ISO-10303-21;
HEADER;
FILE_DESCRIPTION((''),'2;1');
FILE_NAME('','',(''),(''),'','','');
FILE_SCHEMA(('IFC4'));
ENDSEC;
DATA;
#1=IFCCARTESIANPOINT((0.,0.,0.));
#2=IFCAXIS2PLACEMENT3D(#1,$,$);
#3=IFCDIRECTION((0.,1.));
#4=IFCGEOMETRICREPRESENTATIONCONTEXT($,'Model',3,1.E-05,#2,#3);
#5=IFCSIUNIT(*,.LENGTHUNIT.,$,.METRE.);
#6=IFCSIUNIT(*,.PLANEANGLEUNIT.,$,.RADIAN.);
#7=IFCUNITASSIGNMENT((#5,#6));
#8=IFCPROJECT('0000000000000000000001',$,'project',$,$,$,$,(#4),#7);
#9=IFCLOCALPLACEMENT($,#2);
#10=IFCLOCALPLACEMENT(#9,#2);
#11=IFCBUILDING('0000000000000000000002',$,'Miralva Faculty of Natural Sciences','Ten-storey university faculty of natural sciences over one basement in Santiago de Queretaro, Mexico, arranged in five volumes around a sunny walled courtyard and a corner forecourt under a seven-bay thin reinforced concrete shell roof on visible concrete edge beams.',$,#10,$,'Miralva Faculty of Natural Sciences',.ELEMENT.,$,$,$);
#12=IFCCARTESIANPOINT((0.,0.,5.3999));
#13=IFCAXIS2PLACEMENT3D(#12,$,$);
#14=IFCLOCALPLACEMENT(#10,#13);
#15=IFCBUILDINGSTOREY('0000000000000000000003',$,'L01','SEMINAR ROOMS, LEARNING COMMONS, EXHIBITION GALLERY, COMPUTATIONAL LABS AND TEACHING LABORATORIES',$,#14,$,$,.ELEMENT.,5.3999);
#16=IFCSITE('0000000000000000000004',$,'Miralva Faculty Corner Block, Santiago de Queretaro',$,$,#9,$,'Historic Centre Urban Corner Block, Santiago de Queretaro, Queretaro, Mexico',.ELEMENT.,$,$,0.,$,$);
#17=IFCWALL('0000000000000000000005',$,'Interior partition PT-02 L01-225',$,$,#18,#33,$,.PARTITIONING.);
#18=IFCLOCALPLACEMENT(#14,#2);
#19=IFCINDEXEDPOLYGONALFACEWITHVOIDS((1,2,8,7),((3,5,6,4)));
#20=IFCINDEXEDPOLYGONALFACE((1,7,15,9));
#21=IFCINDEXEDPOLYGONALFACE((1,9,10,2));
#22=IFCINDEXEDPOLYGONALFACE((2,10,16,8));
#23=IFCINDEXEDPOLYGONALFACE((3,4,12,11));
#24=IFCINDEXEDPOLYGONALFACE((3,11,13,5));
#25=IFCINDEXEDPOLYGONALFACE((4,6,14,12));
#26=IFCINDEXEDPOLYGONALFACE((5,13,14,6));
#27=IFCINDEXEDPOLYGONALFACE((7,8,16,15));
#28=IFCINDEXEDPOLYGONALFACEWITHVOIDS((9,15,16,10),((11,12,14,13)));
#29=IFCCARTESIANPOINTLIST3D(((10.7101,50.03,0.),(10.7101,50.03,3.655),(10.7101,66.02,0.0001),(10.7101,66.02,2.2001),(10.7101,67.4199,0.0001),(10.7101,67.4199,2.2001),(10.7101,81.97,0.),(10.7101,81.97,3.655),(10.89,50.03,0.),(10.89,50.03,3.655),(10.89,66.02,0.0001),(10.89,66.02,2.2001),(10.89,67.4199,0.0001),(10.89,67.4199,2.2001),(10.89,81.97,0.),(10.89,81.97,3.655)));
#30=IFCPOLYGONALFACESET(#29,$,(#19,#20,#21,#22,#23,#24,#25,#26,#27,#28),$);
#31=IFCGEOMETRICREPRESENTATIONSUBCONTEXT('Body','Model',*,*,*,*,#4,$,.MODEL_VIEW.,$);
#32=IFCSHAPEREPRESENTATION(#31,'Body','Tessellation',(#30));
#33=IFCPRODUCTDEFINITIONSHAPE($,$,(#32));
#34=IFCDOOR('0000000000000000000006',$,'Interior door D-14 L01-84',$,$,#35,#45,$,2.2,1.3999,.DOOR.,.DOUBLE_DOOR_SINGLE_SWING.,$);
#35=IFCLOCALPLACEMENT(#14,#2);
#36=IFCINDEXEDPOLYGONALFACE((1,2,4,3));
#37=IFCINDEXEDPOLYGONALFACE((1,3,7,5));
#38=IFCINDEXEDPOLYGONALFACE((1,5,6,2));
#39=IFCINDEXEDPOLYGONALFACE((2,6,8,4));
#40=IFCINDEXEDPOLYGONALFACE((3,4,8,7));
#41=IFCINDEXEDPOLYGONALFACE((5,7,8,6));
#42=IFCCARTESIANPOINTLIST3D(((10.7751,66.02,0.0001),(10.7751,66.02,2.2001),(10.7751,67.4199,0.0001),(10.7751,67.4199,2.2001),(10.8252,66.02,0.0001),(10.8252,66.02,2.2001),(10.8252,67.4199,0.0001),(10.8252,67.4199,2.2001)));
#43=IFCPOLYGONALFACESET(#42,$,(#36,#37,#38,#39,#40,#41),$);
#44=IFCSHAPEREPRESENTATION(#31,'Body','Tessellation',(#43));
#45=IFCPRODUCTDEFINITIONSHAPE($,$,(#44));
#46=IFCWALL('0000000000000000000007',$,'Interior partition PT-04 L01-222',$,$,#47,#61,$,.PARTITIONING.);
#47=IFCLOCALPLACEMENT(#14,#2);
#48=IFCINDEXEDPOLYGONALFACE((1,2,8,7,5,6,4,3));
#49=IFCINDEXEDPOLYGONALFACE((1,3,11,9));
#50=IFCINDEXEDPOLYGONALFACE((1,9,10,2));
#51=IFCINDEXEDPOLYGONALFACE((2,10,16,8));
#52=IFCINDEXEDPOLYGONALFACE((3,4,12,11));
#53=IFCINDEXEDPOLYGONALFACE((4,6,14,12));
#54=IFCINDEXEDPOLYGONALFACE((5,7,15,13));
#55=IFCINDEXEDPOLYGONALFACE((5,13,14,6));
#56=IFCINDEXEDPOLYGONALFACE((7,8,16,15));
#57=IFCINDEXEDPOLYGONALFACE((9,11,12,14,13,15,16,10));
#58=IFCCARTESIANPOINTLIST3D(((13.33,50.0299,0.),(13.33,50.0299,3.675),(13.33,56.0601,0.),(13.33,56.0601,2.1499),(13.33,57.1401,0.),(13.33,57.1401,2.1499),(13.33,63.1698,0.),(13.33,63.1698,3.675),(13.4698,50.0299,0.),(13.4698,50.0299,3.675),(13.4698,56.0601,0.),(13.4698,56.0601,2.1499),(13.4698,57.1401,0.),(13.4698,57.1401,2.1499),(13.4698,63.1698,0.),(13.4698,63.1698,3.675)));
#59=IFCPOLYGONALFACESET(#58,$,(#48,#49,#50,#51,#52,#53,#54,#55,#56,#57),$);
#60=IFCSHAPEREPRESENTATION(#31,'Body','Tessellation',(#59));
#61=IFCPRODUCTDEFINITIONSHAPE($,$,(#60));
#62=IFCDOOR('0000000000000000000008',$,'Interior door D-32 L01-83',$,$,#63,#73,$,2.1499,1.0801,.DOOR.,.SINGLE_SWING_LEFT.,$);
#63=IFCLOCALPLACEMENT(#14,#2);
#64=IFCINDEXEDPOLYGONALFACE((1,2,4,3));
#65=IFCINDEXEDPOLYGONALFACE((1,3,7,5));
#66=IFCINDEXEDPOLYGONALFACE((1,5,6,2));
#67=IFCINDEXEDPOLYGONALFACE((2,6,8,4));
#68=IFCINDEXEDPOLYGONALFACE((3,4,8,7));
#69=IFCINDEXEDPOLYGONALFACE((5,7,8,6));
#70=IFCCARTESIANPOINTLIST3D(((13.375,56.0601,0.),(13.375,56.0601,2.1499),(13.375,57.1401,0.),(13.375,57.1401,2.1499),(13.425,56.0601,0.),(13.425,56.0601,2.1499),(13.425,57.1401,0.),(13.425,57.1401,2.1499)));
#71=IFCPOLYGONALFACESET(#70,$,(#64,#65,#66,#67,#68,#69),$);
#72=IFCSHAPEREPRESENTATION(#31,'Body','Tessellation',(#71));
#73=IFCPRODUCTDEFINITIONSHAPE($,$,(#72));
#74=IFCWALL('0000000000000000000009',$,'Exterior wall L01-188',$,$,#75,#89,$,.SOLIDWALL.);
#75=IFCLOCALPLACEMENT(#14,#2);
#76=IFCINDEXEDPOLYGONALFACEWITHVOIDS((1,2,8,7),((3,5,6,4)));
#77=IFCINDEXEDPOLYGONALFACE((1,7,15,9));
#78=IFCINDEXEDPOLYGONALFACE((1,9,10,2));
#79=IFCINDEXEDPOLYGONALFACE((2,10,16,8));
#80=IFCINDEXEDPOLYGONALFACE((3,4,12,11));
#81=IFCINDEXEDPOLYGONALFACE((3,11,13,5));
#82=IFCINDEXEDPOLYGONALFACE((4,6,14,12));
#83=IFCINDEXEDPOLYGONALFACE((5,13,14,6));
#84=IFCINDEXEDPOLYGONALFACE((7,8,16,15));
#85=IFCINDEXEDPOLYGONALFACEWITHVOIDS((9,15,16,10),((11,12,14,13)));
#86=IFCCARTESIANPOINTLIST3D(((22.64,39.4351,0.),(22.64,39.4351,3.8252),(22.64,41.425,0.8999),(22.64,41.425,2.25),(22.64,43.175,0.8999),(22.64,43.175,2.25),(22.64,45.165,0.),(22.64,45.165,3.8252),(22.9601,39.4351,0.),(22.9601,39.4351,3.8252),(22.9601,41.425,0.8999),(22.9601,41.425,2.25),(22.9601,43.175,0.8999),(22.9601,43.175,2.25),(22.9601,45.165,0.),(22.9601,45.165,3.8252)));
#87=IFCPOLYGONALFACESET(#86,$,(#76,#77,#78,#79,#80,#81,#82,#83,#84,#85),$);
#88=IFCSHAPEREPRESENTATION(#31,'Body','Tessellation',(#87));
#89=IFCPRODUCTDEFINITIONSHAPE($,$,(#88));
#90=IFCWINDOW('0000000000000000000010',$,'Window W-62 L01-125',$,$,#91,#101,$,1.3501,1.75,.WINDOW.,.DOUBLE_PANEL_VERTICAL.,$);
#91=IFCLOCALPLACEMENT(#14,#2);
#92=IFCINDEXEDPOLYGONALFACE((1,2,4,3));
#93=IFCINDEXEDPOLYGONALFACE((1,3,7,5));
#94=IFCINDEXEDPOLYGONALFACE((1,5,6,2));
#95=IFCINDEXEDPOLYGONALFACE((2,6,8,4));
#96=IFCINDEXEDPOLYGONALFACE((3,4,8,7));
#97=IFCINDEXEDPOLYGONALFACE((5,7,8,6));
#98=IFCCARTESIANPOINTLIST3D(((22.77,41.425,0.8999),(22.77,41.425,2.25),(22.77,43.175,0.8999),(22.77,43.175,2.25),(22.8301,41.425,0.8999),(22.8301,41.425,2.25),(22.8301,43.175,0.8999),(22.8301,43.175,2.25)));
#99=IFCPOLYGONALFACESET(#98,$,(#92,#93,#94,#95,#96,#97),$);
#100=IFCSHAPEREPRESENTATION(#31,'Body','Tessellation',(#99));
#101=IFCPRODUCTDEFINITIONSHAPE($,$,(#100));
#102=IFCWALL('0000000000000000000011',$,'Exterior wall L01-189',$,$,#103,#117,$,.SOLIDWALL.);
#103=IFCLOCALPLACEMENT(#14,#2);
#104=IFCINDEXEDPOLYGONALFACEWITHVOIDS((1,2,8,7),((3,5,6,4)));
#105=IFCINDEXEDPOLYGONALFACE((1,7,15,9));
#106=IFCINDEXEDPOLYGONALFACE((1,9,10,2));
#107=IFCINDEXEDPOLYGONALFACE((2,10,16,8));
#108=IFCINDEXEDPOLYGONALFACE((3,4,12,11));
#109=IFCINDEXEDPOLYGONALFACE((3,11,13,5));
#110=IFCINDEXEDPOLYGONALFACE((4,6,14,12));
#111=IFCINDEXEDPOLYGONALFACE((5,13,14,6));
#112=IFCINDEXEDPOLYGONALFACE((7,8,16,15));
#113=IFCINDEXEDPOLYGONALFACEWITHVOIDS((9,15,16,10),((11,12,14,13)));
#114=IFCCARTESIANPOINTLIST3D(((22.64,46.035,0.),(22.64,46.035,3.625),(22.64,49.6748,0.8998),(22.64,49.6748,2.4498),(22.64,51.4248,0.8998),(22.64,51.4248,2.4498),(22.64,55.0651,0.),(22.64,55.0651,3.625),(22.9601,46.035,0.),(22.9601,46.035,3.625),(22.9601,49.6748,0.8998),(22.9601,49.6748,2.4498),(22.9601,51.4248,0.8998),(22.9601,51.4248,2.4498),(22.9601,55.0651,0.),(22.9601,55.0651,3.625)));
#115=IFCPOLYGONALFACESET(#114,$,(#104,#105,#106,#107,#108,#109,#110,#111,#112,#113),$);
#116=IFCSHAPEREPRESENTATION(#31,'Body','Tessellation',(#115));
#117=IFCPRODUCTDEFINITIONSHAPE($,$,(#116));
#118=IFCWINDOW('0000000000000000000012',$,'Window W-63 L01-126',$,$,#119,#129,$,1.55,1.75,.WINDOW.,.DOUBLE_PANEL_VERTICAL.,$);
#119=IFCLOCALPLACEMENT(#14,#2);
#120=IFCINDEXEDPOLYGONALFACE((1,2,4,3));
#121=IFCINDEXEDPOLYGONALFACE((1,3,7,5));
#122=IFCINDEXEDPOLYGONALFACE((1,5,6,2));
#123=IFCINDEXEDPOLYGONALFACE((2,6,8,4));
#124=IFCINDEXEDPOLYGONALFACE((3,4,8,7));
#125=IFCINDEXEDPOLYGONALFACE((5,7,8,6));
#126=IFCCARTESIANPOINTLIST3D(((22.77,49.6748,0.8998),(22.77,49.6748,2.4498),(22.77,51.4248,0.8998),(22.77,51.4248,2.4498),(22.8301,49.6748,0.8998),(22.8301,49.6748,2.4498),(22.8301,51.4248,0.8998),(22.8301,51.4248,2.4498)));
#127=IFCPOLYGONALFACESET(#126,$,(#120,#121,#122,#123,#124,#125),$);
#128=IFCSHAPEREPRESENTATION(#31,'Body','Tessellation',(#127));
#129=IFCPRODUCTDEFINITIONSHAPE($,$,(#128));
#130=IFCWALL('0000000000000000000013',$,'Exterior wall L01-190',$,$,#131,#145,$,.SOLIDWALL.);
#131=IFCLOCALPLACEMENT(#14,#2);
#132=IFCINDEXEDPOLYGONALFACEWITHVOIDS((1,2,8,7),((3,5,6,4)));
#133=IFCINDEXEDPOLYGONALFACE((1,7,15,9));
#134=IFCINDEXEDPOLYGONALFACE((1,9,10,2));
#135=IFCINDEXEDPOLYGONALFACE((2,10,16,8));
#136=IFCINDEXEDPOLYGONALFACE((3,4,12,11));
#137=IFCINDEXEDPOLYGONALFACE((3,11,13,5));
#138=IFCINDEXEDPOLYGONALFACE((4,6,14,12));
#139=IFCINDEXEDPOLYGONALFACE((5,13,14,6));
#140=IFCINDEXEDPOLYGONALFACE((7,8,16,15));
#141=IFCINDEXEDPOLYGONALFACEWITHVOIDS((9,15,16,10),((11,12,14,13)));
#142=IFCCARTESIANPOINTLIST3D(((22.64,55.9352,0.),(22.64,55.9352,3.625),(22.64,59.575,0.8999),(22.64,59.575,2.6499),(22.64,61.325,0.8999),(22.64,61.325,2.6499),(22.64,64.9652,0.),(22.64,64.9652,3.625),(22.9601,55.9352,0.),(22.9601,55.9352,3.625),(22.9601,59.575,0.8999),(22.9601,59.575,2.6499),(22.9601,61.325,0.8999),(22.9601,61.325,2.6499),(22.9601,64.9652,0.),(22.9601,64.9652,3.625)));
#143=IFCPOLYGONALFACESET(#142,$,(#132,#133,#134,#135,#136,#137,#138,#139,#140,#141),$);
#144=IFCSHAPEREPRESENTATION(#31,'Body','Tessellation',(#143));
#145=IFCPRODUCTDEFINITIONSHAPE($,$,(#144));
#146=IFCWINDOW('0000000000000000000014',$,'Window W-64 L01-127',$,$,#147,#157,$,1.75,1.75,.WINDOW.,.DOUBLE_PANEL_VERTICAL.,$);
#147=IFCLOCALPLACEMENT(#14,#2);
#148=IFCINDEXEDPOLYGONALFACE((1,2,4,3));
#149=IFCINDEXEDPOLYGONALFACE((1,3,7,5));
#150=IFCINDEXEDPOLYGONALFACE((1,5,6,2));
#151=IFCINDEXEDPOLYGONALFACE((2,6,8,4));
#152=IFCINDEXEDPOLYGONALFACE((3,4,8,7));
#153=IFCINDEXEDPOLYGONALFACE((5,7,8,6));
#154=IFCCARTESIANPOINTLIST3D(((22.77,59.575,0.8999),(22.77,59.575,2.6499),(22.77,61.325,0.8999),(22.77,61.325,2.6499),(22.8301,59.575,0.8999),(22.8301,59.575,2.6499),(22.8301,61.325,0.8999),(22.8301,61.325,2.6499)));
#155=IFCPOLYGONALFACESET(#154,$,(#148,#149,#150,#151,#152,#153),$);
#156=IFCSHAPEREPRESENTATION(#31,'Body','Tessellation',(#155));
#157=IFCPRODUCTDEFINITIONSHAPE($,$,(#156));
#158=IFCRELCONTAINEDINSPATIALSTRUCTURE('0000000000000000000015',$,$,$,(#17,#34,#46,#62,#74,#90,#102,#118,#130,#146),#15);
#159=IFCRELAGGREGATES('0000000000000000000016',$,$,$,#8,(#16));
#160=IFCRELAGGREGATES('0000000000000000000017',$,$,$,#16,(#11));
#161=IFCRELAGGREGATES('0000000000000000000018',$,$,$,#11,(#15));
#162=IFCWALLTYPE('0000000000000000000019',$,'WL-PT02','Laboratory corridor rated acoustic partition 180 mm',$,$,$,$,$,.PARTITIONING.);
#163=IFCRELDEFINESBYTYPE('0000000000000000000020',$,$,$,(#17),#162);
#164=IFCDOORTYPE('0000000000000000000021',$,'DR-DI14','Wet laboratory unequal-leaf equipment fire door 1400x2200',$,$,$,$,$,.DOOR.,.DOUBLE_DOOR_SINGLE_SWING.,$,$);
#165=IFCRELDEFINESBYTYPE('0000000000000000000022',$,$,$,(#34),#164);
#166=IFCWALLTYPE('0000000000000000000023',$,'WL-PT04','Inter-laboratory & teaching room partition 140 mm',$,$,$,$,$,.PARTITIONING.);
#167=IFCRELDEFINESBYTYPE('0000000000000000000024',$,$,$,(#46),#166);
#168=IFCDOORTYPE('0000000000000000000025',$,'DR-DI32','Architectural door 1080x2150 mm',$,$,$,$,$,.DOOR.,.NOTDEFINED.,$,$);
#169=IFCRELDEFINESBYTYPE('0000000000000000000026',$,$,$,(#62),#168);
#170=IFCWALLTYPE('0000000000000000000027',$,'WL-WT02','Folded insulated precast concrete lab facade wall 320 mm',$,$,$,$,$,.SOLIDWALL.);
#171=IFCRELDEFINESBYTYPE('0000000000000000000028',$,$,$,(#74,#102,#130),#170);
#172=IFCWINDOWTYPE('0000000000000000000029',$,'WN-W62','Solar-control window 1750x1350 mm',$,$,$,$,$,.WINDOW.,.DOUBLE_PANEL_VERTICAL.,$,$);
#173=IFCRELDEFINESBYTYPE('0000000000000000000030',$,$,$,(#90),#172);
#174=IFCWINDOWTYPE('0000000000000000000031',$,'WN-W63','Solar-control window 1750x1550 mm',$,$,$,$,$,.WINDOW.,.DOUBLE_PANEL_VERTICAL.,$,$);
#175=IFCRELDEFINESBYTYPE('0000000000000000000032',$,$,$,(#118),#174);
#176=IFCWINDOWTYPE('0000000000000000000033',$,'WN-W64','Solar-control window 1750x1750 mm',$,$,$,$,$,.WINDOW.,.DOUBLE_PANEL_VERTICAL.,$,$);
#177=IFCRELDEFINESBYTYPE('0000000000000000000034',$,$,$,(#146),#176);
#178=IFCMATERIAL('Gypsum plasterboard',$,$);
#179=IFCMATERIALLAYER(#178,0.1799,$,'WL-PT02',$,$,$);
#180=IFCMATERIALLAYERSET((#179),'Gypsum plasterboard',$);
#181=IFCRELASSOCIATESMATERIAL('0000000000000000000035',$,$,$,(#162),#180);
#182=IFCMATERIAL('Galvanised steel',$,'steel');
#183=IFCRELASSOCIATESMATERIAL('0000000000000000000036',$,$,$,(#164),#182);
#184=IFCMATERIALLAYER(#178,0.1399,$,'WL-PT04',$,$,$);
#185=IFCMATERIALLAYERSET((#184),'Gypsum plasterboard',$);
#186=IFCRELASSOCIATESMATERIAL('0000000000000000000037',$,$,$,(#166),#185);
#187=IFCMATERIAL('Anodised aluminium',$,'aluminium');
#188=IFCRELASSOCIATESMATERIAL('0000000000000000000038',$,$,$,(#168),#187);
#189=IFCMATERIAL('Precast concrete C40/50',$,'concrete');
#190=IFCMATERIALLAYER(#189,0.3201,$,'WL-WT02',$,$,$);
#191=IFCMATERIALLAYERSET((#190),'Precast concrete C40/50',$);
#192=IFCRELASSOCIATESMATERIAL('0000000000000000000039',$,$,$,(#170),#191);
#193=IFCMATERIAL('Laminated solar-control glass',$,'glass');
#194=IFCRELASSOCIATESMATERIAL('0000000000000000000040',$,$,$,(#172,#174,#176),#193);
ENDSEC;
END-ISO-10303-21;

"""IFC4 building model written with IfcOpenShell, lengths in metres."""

from ifc_helpers import new_model, si_unit, direction, frame, frame_2d, origin, place, context, subcontext, project, spatial, rectangle, extrude, material, layer, layer_set, type_object, element, fill, save


model = new_model("IFC4")

# Units and contexts
model_context = context("Model", 3, precision=1e-05, world=origin(), true_north=direction((0.0, 1.0)))
body_context = subcontext(model_context, "Body", "Model", "MODEL_VIEW")
ifc_project = project(units=[si_unit("LENGTHUNIT", "METRE"), si_unit("PLANEANGLEUNIT", "RADIAN")], contexts=[model_context])

# Site, building, storey
site_placement = place(None, origin())
site = spatial("IfcSite", under=ifc_project, at=site_placement, Name="Miralva Faculty Corner Block, Santiago de Queretaro", LongName="Historic Centre Urban Corner Block, Santiago de Queretaro, Queretaro, Mexico", CompositionType="ELEMENT", RefElevation=0.0)
building_placement = place(site_placement, origin())
building = spatial("IfcBuilding", under=site, at=building_placement, Name="Miralva Faculty of Natural Sciences", Description="Ten-storey university faculty of natural sciences over one basement in Santiago de Queretaro, Mexico, arranged in five volumes around a sunny walled courtyard and a corner forecourt under a seven-bay thin reinforced concrete shell roof on visible concrete edge beams.", LongName="Miralva Faculty of Natural Sciences", CompositionType="ELEMENT")
storey_placement = place(building_placement, frame((0.0, 0.0, 5.3999)))
storey = spatial("IfcBuildingStorey", under=building, at=storey_placement, Name="L01", Description="SEMINAR ROOMS, LEARNING COMMONS, EXHIBITION GALLERY, COMPUTATIONAL LABS AND TEACHING LABORATORIES", CompositionType="ELEMENT", Elevation=5.3999)

# Shared definitions
ifc_material_1 = material(Name="Gypsum plasterboard")
ifc_layer_1 = layer(ifc_material_1, 0.1799, Name="WL-PT02")
ifc_layer_set_1 = layer_set([ifc_layer_1], Name="Gypsum plasterboard")
wall_type_1 = type_object("IfcWallType", Name="WL-PT02", Description="Laboratory corridor rated acoustic partition 180 mm", PredefinedType="PARTITIONING", material=ifc_layer_set_1)

# Walls, openings, doors
wall_1_placement = place(storey_placement, frame((10.8, 50.03, 0.0), z_axis=(0.0, 0.0, 1.0), x_axis=(0.0, 1.0, 0.0)))
wall_1 = element("IfcWall", 1, at=wall_1_placement, inside=storey, type_object=wall_type_1, Name="Interior partition PT-02 L01-225", PredefinedType="PARTITIONING", context=body_context, shape_type="SweptSolid", body=[
    extrude(rectangle(XDim=31.9399, YDim=0.1799, at=frame_2d((15.97, 0.0))), origin(), (0.0, 0.0, 1.0), 3.655),
])
opening_1_placement = place(wall_1_placement, frame((15.99, 0.0, 0.0)))
opening_1 = element("IfcOpeningElement", 2, at=opening_1_placement, cuts=wall_1, PredefinedType="OPENING", context=body_context, shape_type="SweptSolid", body=[
    extrude(rectangle(XDim=1.3999, YDim=2.2, at=frame_2d((0.7, 1.1001))), frame((0.0, 0.0999, 0.0), z_axis=(0.0, -1.0, 0.0), x_axis=(1.0, 0.0, 0.0)), (0.0, 0.0, 1.0), 0.2),
])
ifc_material_2 = material(Name="Galvanised steel", Category="steel")
door_type_1 = type_object("IfcDoorType", Name="DR-DI14", Description="Wet laboratory unequal-leaf equipment fire door 1400x2200", OperationType="DOUBLE_DOOR_SINGLE_SWING", PredefinedType="DOOR", material=ifc_material_2)
door_1_placement = place(opening_1_placement, origin())
door_1 = element("IfcDoor", 3, at=door_1_placement, inside=storey, type_object=door_type_1, Name="Interior door D-14 L01-84", OperationType="DOUBLE_DOOR_SINGLE_SWING", OverallHeight=2.2, OverallWidth=1.3999, PredefinedType="DOOR", context=body_context, shape_type="SweptSolid", body=[
    extrude(rectangle(XDim=1.3999, YDim=2.2, at=frame_2d((0.7, 1.1001))), frame((0.0, 0.0249, 0.0), z_axis=(0.0, -1.0, 0.0), x_axis=(1.0, 0.0, 0.0)), (0.0, 0.0, 1.0), 0.05),
])
fill(opening_1, door_1)
ifc_layer_2 = layer(ifc_material_1, 0.1399, Name="WL-PT04")
ifc_layer_set_2 = layer_set([ifc_layer_2], Name="Gypsum plasterboard")
wall_type_2 = type_object("IfcWallType", Name="WL-PT04", Description="Inter-laboratory & teaching room partition 140 mm", PredefinedType="PARTITIONING", material=ifc_layer_set_2)
wall_2_placement = place(storey_placement, frame((13.3999, 50.03, 0.0), z_axis=(0.0, 0.0, 1.0), x_axis=(0.0, 1.0, 0.0)))
wall_2 = element("IfcWall", 4, at=wall_2_placement, inside=storey, type_object=wall_type_2, Name="Interior partition PT-04 L01-222", PredefinedType="PARTITIONING", context=body_context, shape_type="SweptSolid", body=[
    extrude(rectangle(XDim=13.1399, YDim=0.1399, at=frame_2d((6.5698, 0.0))), origin(), (0.0, 0.0, 1.0), 3.675),
])
opening_2_placement = place(wall_2_placement, frame((6.03, 0.0, 0.0)))
opening_2 = element("IfcOpeningElement", 5, at=opening_2_placement, cuts=wall_2, PredefinedType="OPENING", context=body_context, shape_type="SweptSolid", body=[
    extrude(rectangle(XDim=1.0801, YDim=2.1499, at=frame_2d((0.54, 1.075))), frame((0.0, 0.0798, 0.0), z_axis=(0.0, -1.0, 0.0), x_axis=(1.0, 0.0, 0.0)), (0.0, 0.0, 1.0), 0.1599),
])
ifc_material_3 = material(Name="Anodised aluminium", Category="aluminium")
door_type_2 = type_object("IfcDoorType", Name="DR-DI32", Description="Architectural door 1080x2150 mm", OperationType="NOTDEFINED", PredefinedType="DOOR", material=ifc_material_3)
door_2_placement = place(opening_2_placement, origin())
door_2 = element("IfcDoor", 6, at=door_2_placement, inside=storey, type_object=door_type_2, Name="Interior door D-32 L01-83", OperationType="SINGLE_SWING_LEFT", OverallHeight=2.1499, OverallWidth=1.0801, PredefinedType="DOOR", context=body_context, shape_type="SweptSolid", body=[
    extrude(rectangle(XDim=1.0801, YDim=2.1499, at=frame_2d((0.54, 1.075))), frame((0.0, 0.0249, 0.0), z_axis=(0.0, -1.0, 0.0), x_axis=(1.0, 0.0, 0.0)), (0.0, 0.0, 1.0), 0.05),
])
fill(opening_2, door_2)

# Walls, openings, windows
ifc_material_4 = material(Name="Precast concrete C40/50", Category="concrete")
ifc_layer_3 = layer(ifc_material_4, 0.3201, Name="WL-WT02")
ifc_layer_set_3 = layer_set([ifc_layer_3], Name="Precast concrete C40/50")
wall_type_3 = type_object("IfcWallType", Name="WL-WT02", Description="Folded insulated precast concrete lab facade wall 320 mm", PredefinedType="SOLIDWALL", material=ifc_layer_set_3)
wall_3_placement = place(storey_placement, frame((22.8, 39.4351, 0.0), z_axis=(0.0, 0.0, 1.0), x_axis=(0.0, 1.0, 0.0)))
wall_3 = element("IfcWall", 7, at=wall_3_placement, inside=storey, type_object=wall_type_3, Name="Exterior wall L01-188", PredefinedType="SOLIDWALL", context=body_context, shape_type="SweptSolid", body=[
    extrude(rectangle(XDim=5.73, YDim=0.3201, at=frame_2d((2.865, 0.0))), origin(), (0.0, 0.0, 1.0), 3.8252),
])
opening_3_placement = place(wall_3_placement, frame((1.99, 0.0, 0.8999)))
opening_3 = element("IfcOpeningElement", 8, at=opening_3_placement, cuts=wall_3, PredefinedType="OPENING", context=body_context, shape_type="SweptSolid", body=[
    extrude(rectangle(XDim=1.75, YDim=1.3501, at=frame_2d((0.875, 0.675))), frame((0.0, 0.1699, 0.0), z_axis=(0.0, -1.0, 0.0), x_axis=(1.0, 0.0, 0.0)), (0.0, 0.0, 1.0), 0.3401),
])
ifc_material_5 = material(Name="Laminated solar-control glass", Category="glass")
window_type_1 = type_object("IfcWindowType", Name="WN-W62", Description="Solar-control window 1750x1350 mm", PartitioningType="DOUBLE_PANEL_VERTICAL", PredefinedType="WINDOW", material=ifc_material_5)
window_1_placement = place(opening_3_placement, frame((1.75, 0.0, 0.0), z_axis=(0.0, 0.0, 1.0), x_axis=(-1.0, 0.0, 0.0)))
window_1 = element("IfcWindow", 9, at=window_1_placement, inside=storey, type_object=window_type_1, Name="Window W-62 L01-125", OverallHeight=1.3501, OverallWidth=1.75, PartitioningType="DOUBLE_PANEL_VERTICAL", PredefinedType="WINDOW", context=body_context, shape_type="SweptSolid", body=[
    extrude(rectangle(XDim=1.75, YDim=1.3501, at=frame_2d((0.875, 0.675))), frame((0.0, 0.03, 0.0), z_axis=(0.0, -1.0, 0.0), x_axis=(1.0, 0.0, 0.0)), (0.0, 0.0, 1.0), 0.0601),
])
fill(opening_3, window_1)
wall_4_placement = place(storey_placement, frame((22.8, 46.0349, 0.0), z_axis=(0.0, 0.0, 1.0), x_axis=(0.0, 1.0, 0.0)))
wall_4 = element("IfcWall", 10, at=wall_4_placement, inside=storey, type_object=wall_type_3, Name="Exterior wall L01-189", PredefinedType="SOLIDWALL", context=body_context, shape_type="SweptSolid", body=[
    extrude(rectangle(XDim=9.03, YDim=0.3201, at=frame_2d((4.5151, 0.0))), origin(), (0.0, 0.0, 1.0), 3.625),
])
opening_4_placement = place(wall_4_placement, frame((3.6399, 0.0, 0.8999)))
opening_4 = element("IfcOpeningElement", 11, at=opening_4_placement, cuts=wall_4, PredefinedType="OPENING", context=body_context, shape_type="SweptSolid", body=[
    extrude(rectangle(XDim=1.75, YDim=1.55, at=frame_2d((0.875, 0.7749))), frame((0.0, 0.1699, 0.0), z_axis=(0.0, -1.0, 0.0), x_axis=(1.0, 0.0, 0.0)), (0.0, 0.0, 1.0), 0.3401),
])
window_type_2 = type_object("IfcWindowType", Name="WN-W63", Description="Solar-control window 1750x1550 mm", PartitioningType="DOUBLE_PANEL_VERTICAL", PredefinedType="WINDOW", material=ifc_material_5)
window_2_placement = place(opening_4_placement, frame((1.75, 0.0, 0.0), z_axis=(0.0, 0.0, 1.0), x_axis=(-1.0, 0.0, 0.0)))
window_2 = element("IfcWindow", 12, at=window_2_placement, inside=storey, type_object=window_type_2, Name="Window W-63 L01-126", OverallHeight=1.55, OverallWidth=1.75, PartitioningType="DOUBLE_PANEL_VERTICAL", PredefinedType="WINDOW", context=body_context, shape_type="SweptSolid", body=[
    extrude(rectangle(XDim=1.75, YDim=1.55, at=frame_2d((0.875, 0.7749))), frame((0.0, 0.03, 0.0), z_axis=(0.0, -1.0, 0.0), x_axis=(1.0, 0.0, 0.0)), (0.0, 0.0, 1.0), 0.0601),
])
fill(opening_4, window_2)
wall_5_placement = place(storey_placement, frame((22.8, 55.9351, 0.0), z_axis=(0.0, 0.0, 1.0), x_axis=(0.0, 1.0, 0.0)))
wall_5 = element("IfcWall", 13, at=wall_5_placement, inside=storey, type_object=wall_type_3, Name="Exterior wall L01-190", PredefinedType="SOLIDWALL", context=body_context, shape_type="SweptSolid", body=[
    extrude(rectangle(XDim=9.03, YDim=0.3201, at=frame_2d((4.5151, 0.0))), origin(), (0.0, 0.0, 1.0), 3.625),
])
opening_5_placement = place(wall_5_placement, frame((3.6399, 0.0, 0.8999)))
opening_5 = element("IfcOpeningElement", 14, at=opening_5_placement, cuts=wall_5, PredefinedType="OPENING", context=body_context, shape_type="SweptSolid", body=[
    extrude(rectangle(XDim=1.75, YDim=1.75, at=frame_2d((0.875, 0.875))), frame((0.0, 0.1699, 0.0), z_axis=(0.0, -1.0, 0.0), x_axis=(1.0, 0.0, 0.0)), (0.0, 0.0, 1.0), 0.3401),
])
window_type_3 = type_object("IfcWindowType", Name="WN-W64", Description="Solar-control window 1750x1750 mm", PartitioningType="DOUBLE_PANEL_VERTICAL", PredefinedType="WINDOW", material=ifc_material_5)
window_3_placement = place(opening_5_placement, frame((1.75, 0.0, 0.0), z_axis=(0.0, 0.0, 1.0), x_axis=(-1.0, 0.0, 0.0)))
window_3 = element("IfcWindow", 15, at=window_3_placement, inside=storey, type_object=window_type_3, Name="Window W-64 L01-127", OverallHeight=1.75, OverallWidth=1.75, PartitioningType="DOUBLE_PANEL_VERTICAL", PredefinedType="WINDOW", context=body_context, shape_type="SweptSolid", body=[
    extrude(rectangle(XDim=1.75, YDim=1.75, at=frame_2d((0.875, 0.875))), frame((0.0, 0.03, 0.0), z_axis=(0.0, -1.0, 0.0), x_axis=(1.0, 0.0, 0.0)), (0.0, 0.0, 1.0), 0.0601),
])
fill(opening_5, window_3)

save(model, "model.ifc")
